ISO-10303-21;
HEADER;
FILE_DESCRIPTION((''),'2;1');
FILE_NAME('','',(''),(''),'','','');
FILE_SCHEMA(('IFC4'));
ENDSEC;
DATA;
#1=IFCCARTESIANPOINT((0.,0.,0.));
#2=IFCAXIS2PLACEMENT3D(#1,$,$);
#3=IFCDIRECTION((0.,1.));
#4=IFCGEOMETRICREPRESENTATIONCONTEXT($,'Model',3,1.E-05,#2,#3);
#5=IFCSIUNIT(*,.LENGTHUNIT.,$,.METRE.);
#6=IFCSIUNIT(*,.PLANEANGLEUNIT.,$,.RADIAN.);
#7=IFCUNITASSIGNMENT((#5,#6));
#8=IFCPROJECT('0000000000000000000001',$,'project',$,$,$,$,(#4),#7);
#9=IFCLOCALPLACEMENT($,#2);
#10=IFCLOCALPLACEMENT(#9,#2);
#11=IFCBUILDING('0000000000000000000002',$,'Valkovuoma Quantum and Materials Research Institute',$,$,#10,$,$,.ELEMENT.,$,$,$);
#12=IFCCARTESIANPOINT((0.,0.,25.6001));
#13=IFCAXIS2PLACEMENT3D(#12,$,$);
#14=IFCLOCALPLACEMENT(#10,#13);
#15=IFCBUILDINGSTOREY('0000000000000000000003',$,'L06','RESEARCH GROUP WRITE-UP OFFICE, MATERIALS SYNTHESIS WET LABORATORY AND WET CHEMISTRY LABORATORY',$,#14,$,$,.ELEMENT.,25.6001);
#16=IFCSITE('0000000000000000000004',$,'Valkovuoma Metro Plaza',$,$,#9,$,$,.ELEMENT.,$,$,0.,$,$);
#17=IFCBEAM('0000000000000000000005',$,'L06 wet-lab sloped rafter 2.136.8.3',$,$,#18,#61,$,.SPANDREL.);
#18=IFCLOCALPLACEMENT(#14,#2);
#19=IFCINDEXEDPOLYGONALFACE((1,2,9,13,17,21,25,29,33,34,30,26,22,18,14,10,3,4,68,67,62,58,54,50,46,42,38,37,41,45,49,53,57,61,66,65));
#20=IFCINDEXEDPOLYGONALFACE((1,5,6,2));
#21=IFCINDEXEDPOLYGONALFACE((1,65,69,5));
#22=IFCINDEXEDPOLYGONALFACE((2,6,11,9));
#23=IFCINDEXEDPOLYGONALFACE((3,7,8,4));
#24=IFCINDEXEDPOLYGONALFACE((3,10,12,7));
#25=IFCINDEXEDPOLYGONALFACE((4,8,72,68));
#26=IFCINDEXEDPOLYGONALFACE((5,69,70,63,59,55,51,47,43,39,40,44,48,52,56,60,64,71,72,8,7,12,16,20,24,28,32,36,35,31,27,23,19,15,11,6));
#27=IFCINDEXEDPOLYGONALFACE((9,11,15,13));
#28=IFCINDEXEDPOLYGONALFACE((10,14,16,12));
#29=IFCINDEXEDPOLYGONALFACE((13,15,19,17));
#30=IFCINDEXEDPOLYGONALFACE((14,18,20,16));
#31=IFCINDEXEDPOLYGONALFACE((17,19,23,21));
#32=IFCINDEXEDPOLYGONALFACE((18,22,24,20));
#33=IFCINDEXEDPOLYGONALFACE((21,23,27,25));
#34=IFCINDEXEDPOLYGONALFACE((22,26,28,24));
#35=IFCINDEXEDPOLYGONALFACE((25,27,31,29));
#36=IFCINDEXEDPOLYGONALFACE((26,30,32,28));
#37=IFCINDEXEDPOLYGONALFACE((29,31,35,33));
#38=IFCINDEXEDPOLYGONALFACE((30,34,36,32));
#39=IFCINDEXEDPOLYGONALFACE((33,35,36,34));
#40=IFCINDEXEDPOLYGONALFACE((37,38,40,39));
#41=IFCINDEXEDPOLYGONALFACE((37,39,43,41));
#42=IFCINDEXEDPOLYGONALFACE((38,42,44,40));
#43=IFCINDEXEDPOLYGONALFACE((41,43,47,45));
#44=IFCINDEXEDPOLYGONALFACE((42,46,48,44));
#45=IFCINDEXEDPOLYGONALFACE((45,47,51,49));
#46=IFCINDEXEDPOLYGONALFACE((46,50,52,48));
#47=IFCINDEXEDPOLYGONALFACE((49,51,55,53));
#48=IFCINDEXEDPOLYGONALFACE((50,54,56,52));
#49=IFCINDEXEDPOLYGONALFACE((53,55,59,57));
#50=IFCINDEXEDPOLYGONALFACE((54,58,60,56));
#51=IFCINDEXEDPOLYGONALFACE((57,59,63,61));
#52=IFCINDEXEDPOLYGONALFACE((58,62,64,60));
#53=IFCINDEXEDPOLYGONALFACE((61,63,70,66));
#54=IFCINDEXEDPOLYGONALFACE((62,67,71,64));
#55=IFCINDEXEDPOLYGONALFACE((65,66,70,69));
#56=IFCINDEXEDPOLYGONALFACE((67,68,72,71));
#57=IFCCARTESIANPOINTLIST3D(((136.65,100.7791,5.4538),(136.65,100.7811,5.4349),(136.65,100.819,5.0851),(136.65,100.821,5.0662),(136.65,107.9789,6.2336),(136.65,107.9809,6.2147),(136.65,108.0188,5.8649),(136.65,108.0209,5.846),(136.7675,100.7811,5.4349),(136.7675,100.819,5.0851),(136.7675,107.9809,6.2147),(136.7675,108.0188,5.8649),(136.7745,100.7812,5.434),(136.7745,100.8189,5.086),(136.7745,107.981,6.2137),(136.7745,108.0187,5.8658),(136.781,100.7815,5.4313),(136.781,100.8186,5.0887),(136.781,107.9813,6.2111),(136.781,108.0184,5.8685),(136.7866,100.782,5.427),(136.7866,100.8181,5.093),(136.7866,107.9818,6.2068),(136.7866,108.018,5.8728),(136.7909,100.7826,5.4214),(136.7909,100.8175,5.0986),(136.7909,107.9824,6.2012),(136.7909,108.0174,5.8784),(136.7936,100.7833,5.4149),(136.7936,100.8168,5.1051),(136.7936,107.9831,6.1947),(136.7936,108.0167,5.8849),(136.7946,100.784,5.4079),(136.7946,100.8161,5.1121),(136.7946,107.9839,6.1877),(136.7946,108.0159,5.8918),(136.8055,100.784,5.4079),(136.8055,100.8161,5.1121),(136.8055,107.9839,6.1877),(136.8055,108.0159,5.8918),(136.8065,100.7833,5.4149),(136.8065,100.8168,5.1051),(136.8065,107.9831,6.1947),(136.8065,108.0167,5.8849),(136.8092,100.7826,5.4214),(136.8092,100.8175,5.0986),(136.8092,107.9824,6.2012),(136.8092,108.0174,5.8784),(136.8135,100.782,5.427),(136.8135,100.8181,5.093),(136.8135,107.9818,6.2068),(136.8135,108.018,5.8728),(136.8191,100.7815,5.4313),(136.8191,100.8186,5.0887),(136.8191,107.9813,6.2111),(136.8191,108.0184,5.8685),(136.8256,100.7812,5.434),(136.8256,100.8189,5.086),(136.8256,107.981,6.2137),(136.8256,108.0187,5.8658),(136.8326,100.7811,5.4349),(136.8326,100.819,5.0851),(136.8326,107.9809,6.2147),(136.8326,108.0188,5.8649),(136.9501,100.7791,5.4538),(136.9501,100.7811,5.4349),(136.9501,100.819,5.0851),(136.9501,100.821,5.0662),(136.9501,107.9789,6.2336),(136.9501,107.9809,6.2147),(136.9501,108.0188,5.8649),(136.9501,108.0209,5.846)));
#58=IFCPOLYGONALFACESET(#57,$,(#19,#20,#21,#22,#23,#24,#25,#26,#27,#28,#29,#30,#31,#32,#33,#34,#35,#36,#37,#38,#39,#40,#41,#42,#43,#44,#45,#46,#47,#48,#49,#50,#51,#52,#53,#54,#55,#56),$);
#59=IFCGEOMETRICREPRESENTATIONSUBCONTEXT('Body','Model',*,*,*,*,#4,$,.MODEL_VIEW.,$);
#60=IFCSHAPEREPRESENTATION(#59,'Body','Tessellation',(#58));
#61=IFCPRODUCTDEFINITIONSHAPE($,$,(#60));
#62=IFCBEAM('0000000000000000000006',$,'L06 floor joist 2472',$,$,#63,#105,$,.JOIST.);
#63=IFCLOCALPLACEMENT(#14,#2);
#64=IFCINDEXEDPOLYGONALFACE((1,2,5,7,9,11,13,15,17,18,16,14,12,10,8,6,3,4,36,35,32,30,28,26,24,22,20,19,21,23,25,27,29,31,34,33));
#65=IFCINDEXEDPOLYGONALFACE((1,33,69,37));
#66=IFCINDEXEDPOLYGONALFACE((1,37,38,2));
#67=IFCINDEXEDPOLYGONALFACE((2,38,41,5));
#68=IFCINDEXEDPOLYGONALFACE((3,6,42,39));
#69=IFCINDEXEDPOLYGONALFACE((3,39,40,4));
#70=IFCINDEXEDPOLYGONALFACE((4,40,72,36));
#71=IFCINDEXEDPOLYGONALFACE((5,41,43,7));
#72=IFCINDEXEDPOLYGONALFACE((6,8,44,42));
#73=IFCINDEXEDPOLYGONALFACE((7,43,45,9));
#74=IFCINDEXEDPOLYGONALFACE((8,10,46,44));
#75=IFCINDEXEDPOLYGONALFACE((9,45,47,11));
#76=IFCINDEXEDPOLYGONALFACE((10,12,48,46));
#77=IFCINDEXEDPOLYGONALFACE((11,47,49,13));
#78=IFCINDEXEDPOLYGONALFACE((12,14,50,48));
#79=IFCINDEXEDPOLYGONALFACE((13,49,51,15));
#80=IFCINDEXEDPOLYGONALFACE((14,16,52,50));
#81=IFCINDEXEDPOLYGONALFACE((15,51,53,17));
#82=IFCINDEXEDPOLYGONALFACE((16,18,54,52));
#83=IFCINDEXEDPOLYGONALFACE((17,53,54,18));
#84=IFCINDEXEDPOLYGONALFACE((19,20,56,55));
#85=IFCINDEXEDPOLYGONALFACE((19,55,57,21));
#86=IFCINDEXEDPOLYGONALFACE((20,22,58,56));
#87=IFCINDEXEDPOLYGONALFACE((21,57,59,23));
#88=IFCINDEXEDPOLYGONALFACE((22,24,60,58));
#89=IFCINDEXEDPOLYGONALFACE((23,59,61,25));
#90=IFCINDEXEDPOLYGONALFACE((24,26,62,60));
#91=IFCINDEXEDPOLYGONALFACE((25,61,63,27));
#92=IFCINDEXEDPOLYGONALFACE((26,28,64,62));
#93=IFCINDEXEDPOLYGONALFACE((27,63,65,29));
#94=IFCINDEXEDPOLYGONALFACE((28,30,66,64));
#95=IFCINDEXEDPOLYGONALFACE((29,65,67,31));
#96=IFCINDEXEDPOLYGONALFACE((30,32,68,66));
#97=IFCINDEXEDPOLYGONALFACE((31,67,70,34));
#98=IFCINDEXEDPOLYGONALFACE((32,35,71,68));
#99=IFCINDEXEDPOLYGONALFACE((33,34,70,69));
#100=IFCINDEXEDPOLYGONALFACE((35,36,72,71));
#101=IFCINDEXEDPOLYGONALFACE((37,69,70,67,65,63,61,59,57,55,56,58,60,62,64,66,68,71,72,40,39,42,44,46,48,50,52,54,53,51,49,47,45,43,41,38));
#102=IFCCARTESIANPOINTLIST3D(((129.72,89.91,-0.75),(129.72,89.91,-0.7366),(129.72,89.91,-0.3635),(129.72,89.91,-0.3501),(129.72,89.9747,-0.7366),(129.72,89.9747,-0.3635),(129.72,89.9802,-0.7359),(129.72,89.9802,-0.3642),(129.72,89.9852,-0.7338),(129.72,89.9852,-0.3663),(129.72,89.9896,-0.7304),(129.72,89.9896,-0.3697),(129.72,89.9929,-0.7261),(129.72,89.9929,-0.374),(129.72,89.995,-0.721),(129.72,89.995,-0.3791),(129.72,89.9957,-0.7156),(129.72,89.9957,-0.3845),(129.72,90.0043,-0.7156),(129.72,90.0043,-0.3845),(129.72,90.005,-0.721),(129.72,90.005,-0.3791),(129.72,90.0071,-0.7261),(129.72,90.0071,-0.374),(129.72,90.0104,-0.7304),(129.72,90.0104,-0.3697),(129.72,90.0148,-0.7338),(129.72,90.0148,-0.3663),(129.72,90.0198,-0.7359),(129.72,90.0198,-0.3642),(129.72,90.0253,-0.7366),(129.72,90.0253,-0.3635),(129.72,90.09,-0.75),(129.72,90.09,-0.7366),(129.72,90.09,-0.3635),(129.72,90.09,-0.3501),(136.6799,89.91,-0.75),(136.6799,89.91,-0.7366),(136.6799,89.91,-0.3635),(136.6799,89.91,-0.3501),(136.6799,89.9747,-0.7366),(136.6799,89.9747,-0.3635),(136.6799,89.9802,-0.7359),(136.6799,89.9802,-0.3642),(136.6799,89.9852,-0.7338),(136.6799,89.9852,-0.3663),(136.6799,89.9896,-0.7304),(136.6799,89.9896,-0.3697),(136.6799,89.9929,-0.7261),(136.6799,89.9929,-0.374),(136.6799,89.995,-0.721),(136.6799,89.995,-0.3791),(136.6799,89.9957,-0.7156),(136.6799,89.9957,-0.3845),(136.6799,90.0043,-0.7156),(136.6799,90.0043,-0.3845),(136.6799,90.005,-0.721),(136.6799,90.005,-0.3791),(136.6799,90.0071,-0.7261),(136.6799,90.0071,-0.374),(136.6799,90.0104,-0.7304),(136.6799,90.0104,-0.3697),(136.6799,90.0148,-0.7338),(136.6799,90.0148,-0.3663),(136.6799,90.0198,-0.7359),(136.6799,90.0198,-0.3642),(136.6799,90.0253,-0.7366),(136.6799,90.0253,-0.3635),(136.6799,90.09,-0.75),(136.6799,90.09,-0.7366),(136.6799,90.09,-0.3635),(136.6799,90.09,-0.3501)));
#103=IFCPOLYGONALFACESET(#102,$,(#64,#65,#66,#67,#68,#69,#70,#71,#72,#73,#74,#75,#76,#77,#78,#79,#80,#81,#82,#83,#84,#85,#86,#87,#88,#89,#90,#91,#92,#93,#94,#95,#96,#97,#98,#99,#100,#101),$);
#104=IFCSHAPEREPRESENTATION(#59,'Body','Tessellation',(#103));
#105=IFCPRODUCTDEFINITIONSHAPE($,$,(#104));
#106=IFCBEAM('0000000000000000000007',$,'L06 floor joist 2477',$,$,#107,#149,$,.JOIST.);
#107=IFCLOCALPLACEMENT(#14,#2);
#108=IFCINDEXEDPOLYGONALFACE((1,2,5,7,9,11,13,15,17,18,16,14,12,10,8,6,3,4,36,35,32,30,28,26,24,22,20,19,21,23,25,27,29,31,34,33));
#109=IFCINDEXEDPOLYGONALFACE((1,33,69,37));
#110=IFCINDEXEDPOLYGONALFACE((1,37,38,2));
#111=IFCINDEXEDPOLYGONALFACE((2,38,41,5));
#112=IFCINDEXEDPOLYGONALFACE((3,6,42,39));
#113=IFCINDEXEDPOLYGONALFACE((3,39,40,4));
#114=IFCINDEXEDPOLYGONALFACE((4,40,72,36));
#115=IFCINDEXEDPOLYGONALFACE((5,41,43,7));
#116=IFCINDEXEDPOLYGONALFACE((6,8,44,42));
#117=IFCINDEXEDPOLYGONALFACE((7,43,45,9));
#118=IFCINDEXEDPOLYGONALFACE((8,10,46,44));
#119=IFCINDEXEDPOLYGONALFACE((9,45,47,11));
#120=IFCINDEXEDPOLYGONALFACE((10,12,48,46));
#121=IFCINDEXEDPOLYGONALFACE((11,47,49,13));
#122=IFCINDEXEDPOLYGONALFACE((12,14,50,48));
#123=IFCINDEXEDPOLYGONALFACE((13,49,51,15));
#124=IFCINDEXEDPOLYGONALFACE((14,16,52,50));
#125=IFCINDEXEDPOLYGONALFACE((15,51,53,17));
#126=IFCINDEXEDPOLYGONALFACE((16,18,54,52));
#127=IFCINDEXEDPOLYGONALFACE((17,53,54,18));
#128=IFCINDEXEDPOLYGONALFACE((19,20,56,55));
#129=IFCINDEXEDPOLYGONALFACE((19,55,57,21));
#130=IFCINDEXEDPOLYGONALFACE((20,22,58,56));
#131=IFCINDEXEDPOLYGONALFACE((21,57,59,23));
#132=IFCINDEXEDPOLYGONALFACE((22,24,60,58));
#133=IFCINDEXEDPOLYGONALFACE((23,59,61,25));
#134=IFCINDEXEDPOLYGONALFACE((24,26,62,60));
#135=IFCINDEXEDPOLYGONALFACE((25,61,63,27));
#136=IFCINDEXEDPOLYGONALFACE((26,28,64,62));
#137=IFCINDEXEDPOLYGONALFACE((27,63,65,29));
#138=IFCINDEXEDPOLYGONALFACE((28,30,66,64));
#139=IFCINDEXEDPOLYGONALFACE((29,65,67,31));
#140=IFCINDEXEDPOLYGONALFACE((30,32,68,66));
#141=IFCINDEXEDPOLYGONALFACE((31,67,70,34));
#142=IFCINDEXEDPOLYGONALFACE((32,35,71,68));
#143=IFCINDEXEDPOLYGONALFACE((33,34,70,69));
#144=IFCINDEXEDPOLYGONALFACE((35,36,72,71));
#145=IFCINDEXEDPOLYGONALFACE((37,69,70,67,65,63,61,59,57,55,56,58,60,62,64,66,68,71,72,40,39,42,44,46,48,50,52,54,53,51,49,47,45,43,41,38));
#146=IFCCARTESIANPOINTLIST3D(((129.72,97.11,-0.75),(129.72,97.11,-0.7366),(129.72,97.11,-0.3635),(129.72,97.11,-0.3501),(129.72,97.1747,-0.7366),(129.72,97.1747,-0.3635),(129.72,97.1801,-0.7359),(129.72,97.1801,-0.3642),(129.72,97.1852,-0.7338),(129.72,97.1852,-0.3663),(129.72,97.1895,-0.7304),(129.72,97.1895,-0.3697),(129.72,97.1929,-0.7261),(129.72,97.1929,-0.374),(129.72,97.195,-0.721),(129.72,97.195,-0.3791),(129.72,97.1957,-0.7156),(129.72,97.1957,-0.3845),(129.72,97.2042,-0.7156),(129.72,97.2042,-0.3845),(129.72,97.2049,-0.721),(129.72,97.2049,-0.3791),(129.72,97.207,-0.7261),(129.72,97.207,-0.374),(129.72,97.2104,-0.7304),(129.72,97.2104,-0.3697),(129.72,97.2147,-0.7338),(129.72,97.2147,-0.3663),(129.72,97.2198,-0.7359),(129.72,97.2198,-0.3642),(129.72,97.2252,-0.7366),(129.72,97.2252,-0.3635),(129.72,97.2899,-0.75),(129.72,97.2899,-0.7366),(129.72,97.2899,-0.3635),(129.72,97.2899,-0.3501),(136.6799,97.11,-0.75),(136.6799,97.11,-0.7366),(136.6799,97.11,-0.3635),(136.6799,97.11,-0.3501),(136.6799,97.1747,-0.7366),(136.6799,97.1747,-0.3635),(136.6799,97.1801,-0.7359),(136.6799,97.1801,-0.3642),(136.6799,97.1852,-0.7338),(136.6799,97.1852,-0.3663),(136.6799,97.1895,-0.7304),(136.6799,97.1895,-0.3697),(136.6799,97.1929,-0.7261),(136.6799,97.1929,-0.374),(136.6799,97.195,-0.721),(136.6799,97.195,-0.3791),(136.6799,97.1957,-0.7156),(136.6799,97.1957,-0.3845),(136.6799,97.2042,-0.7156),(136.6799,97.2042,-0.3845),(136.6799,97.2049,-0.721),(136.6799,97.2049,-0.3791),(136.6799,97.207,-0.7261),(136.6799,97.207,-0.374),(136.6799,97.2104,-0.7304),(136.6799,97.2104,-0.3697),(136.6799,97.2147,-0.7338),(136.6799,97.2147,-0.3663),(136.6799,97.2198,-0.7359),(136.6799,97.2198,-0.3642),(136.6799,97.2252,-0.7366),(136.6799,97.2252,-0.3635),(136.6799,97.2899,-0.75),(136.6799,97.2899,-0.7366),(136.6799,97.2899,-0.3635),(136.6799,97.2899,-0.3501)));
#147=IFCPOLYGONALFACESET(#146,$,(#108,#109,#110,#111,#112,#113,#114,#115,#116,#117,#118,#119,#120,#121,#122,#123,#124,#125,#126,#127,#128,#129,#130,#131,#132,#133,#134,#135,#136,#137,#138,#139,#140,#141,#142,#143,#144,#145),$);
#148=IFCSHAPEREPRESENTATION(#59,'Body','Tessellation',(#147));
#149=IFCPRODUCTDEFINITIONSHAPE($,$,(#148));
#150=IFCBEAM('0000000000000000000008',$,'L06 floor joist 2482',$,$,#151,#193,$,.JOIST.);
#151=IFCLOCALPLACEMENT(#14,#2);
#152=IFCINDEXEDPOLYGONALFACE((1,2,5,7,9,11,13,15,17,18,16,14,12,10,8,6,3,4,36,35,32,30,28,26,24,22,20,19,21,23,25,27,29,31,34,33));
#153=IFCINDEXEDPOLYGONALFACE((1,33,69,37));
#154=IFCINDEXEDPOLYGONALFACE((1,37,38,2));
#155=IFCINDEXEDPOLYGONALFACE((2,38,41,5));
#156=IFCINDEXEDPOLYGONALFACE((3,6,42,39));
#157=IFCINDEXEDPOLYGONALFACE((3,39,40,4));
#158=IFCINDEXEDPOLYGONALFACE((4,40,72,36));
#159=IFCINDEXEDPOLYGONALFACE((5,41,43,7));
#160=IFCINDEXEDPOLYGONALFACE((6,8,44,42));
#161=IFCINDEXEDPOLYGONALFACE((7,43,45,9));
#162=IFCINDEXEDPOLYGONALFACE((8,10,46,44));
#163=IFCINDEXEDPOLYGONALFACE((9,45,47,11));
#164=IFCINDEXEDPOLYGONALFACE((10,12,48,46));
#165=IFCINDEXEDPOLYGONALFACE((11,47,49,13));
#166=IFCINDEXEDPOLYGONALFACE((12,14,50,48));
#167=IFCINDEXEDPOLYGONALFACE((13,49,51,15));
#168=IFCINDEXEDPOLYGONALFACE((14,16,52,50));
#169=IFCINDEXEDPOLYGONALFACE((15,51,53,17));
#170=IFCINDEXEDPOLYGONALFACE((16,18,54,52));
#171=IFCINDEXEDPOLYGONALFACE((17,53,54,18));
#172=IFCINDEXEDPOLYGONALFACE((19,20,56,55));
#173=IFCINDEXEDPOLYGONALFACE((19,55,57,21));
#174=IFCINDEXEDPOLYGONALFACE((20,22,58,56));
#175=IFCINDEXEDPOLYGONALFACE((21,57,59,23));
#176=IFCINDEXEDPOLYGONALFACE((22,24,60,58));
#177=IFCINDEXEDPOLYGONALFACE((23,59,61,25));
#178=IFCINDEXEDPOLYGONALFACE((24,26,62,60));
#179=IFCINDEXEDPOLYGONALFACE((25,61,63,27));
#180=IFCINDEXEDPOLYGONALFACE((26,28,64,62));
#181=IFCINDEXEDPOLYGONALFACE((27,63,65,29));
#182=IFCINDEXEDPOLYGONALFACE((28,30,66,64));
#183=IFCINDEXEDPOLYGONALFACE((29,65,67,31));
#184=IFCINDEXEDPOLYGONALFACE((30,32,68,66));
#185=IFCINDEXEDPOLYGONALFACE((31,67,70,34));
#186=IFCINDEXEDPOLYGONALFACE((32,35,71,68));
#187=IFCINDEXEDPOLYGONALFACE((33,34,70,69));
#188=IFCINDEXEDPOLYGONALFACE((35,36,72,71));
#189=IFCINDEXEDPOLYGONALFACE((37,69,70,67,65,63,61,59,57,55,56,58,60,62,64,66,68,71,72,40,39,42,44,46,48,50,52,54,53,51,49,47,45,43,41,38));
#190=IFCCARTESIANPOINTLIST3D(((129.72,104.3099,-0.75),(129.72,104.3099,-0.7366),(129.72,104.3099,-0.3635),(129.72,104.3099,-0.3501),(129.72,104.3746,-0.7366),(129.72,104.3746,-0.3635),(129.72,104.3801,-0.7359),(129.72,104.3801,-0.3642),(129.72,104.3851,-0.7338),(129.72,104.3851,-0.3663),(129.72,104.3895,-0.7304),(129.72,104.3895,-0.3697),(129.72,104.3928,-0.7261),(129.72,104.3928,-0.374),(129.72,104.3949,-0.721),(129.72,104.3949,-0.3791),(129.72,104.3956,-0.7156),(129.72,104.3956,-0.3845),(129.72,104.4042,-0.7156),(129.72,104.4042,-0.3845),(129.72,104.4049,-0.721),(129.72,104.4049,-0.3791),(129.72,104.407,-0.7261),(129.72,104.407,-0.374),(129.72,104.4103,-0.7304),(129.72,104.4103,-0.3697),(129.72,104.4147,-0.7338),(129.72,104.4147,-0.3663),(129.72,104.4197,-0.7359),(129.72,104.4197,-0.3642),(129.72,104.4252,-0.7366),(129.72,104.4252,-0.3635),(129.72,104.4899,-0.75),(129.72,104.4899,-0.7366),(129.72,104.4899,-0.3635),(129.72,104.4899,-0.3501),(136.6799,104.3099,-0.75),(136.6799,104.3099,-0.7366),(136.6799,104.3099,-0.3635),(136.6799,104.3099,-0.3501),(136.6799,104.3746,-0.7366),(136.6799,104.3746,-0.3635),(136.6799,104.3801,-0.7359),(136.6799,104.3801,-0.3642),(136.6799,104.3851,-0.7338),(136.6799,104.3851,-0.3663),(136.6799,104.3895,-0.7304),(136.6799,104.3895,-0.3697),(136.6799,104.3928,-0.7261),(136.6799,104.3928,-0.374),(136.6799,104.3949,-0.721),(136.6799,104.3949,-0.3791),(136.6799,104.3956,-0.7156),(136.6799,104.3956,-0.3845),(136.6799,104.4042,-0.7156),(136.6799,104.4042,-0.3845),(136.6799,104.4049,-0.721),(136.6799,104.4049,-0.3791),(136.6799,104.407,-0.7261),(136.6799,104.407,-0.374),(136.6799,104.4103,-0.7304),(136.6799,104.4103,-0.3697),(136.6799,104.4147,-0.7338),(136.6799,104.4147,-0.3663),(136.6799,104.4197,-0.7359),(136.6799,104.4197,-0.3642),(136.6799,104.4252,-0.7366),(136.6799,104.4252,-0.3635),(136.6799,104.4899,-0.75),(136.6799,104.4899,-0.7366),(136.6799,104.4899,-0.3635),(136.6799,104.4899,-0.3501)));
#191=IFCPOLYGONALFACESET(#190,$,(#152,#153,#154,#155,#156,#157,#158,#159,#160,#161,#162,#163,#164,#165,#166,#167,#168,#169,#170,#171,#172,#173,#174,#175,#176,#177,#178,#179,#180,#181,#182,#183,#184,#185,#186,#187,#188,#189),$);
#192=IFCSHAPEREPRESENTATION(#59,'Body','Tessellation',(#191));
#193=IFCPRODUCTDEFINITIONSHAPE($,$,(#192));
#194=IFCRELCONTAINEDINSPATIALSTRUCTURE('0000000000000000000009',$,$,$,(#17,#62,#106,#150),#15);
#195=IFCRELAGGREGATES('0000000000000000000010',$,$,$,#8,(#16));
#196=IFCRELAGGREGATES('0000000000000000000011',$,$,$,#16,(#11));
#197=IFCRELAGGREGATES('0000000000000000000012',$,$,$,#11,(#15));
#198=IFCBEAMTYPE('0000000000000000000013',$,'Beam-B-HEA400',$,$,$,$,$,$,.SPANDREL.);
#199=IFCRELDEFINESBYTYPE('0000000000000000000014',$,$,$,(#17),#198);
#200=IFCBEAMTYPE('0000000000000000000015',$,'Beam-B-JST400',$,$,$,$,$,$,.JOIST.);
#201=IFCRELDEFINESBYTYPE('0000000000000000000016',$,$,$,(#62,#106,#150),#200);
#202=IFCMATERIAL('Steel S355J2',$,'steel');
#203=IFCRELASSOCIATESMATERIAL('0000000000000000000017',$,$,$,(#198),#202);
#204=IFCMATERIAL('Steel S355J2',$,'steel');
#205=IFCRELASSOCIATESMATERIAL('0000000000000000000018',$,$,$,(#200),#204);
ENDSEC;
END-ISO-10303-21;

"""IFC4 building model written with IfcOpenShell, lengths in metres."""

from ifc_helpers import new_model, si_unit, direction, frame, origin, origin_2d, place, context, subcontext, project, spatial, i_section, extrude, material, material_profile, profile_set, type_object, element, save


model = new_model("IFC4")

# Units and contexts
model_context = context("Model", 3, precision=1e-05, world=origin(), true_north=direction((0.0, 1.0)))
body_context = subcontext(model_context, "Body", "Model", "MODEL_VIEW")
ifc_project = project(units=[si_unit("LENGTHUNIT", "METRE"), si_unit("PLANEANGLEUNIT", "RADIAN")], contexts=[model_context])

# Site, building, storey
site_placement = place(None, origin())
site = spatial("IfcSite", under=ifc_project, at=site_placement, Name="Valkovuoma Metro Plaza", CompositionType="ELEMENT", RefElevation=0.0)
building_placement = place(site_placement, origin())
building = spatial("IfcBuilding", under=site, at=building_placement, Name="Valkovuoma Quantum and Materials Research Institute", CompositionType="ELEMENT")
storey_placement = place(building_placement, frame((0.0, 0.0, 25.6001)))
storey = spatial("IfcBuildingStorey", under=building, at=storey_placement, Name="L06", Description="RESEARCH GROUP WRITE-UP OFFICE, MATERIALS SYNTHESIS WET LABORATORY AND WET CHEMISTRY LABORATORY", CompositionType="ELEMENT", Elevation=25.6001)

# Beams
ifc_material_1 = material(Name="Steel S355J2", Category="steel")
ifc_material_profile_1 = material_profile(ifc_material_1, i_section(OverallWidth=0.3, OverallDepth=0.3899, WebThickness=0.011, FlangeThickness=0.019, FilletRadius=0.0271, at=origin_2d()), Name="Steel S355J2")
ifc_profile_set_1 = profile_set([ifc_material_profile_1], Name="Steel S355J2")
beam_type_1 = type_object("IfcBeamType", Name="Beam-B-HEA400", PredefinedType="SPANDREL", material=ifc_profile_set_1)
beam_1_placement = place(storey_placement, frame((136.8, 100.8, 5.26), z_axis=(0.0, 0.994186, 0.107675), x_axis=(-1.0, 0.0, 0.0)))
element("IfcBeam", 1, at=beam_1_placement, inside=storey, type_object=beam_type_1, Name="L06 wet-lab sloped rafter 2.136.8.3", PredefinedType="SPANDREL", context=body_context, shape_type="SweptSolid", body=[
    extrude(i_section(OverallWidth=0.3, OverallDepth=0.3899, WebThickness=0.011, FlangeThickness=0.019, FilletRadius=0.0271, at=origin_2d()), origin(), (0.0, 0.0, 1.0), 7.2419),
])
ifc_material_2 = material(Name="Steel S355J2", Category="steel")
ifc_material_profile_2 = material_profile(ifc_material_2, i_section(OverallWidth=0.1799, OverallDepth=0.3999, WebThickness=0.0085, FlangeThickness=0.0134, FilletRadius=0.021, at=origin_2d()), Name="Steel S355J2")
ifc_profile_set_2 = profile_set([ifc_material_profile_2], Name="Steel S355J2")
beam_type_2 = type_object("IfcBeamType", Name="Beam-B-JST400", PredefinedType="JOIST", material=ifc_profile_set_2)
for number, where, z_axis, x_axis, name in (
    (2, (129.72, 90.0, -0.55), (1.0, 0.0, 0.0), (0.0, 1.0, 0.0), "L06 floor joist 2472"),
    (3, (129.72, 97.2, -0.55), (1.0, 0.0, 0.0), (0.0, 1.0, 0.0), "L06 floor joist 2477"),
    (4, (129.72, 104.3999, -0.55), (1.0, 0.0, 0.0), (0.0, 1.0, 0.0), "L06 floor joist 2482"),
):
    element("IfcBeam", number, at=place(storey_placement, frame(where, z_axis=z_axis, x_axis=x_axis)), inside=storey, type_object=beam_type_2, Name=name, PredefinedType="JOIST", context=body_context, shape_type="SweptSolid", body=[
        extrude(i_section(OverallWidth=0.1799, OverallDepth=0.3999, WebThickness=0.0085, FlangeThickness=0.0134, FilletRadius=0.021, at=origin_2d()), origin(), (0.0, 0.0, 1.0), 6.96),
    ])

save(model, "model.ifc")
